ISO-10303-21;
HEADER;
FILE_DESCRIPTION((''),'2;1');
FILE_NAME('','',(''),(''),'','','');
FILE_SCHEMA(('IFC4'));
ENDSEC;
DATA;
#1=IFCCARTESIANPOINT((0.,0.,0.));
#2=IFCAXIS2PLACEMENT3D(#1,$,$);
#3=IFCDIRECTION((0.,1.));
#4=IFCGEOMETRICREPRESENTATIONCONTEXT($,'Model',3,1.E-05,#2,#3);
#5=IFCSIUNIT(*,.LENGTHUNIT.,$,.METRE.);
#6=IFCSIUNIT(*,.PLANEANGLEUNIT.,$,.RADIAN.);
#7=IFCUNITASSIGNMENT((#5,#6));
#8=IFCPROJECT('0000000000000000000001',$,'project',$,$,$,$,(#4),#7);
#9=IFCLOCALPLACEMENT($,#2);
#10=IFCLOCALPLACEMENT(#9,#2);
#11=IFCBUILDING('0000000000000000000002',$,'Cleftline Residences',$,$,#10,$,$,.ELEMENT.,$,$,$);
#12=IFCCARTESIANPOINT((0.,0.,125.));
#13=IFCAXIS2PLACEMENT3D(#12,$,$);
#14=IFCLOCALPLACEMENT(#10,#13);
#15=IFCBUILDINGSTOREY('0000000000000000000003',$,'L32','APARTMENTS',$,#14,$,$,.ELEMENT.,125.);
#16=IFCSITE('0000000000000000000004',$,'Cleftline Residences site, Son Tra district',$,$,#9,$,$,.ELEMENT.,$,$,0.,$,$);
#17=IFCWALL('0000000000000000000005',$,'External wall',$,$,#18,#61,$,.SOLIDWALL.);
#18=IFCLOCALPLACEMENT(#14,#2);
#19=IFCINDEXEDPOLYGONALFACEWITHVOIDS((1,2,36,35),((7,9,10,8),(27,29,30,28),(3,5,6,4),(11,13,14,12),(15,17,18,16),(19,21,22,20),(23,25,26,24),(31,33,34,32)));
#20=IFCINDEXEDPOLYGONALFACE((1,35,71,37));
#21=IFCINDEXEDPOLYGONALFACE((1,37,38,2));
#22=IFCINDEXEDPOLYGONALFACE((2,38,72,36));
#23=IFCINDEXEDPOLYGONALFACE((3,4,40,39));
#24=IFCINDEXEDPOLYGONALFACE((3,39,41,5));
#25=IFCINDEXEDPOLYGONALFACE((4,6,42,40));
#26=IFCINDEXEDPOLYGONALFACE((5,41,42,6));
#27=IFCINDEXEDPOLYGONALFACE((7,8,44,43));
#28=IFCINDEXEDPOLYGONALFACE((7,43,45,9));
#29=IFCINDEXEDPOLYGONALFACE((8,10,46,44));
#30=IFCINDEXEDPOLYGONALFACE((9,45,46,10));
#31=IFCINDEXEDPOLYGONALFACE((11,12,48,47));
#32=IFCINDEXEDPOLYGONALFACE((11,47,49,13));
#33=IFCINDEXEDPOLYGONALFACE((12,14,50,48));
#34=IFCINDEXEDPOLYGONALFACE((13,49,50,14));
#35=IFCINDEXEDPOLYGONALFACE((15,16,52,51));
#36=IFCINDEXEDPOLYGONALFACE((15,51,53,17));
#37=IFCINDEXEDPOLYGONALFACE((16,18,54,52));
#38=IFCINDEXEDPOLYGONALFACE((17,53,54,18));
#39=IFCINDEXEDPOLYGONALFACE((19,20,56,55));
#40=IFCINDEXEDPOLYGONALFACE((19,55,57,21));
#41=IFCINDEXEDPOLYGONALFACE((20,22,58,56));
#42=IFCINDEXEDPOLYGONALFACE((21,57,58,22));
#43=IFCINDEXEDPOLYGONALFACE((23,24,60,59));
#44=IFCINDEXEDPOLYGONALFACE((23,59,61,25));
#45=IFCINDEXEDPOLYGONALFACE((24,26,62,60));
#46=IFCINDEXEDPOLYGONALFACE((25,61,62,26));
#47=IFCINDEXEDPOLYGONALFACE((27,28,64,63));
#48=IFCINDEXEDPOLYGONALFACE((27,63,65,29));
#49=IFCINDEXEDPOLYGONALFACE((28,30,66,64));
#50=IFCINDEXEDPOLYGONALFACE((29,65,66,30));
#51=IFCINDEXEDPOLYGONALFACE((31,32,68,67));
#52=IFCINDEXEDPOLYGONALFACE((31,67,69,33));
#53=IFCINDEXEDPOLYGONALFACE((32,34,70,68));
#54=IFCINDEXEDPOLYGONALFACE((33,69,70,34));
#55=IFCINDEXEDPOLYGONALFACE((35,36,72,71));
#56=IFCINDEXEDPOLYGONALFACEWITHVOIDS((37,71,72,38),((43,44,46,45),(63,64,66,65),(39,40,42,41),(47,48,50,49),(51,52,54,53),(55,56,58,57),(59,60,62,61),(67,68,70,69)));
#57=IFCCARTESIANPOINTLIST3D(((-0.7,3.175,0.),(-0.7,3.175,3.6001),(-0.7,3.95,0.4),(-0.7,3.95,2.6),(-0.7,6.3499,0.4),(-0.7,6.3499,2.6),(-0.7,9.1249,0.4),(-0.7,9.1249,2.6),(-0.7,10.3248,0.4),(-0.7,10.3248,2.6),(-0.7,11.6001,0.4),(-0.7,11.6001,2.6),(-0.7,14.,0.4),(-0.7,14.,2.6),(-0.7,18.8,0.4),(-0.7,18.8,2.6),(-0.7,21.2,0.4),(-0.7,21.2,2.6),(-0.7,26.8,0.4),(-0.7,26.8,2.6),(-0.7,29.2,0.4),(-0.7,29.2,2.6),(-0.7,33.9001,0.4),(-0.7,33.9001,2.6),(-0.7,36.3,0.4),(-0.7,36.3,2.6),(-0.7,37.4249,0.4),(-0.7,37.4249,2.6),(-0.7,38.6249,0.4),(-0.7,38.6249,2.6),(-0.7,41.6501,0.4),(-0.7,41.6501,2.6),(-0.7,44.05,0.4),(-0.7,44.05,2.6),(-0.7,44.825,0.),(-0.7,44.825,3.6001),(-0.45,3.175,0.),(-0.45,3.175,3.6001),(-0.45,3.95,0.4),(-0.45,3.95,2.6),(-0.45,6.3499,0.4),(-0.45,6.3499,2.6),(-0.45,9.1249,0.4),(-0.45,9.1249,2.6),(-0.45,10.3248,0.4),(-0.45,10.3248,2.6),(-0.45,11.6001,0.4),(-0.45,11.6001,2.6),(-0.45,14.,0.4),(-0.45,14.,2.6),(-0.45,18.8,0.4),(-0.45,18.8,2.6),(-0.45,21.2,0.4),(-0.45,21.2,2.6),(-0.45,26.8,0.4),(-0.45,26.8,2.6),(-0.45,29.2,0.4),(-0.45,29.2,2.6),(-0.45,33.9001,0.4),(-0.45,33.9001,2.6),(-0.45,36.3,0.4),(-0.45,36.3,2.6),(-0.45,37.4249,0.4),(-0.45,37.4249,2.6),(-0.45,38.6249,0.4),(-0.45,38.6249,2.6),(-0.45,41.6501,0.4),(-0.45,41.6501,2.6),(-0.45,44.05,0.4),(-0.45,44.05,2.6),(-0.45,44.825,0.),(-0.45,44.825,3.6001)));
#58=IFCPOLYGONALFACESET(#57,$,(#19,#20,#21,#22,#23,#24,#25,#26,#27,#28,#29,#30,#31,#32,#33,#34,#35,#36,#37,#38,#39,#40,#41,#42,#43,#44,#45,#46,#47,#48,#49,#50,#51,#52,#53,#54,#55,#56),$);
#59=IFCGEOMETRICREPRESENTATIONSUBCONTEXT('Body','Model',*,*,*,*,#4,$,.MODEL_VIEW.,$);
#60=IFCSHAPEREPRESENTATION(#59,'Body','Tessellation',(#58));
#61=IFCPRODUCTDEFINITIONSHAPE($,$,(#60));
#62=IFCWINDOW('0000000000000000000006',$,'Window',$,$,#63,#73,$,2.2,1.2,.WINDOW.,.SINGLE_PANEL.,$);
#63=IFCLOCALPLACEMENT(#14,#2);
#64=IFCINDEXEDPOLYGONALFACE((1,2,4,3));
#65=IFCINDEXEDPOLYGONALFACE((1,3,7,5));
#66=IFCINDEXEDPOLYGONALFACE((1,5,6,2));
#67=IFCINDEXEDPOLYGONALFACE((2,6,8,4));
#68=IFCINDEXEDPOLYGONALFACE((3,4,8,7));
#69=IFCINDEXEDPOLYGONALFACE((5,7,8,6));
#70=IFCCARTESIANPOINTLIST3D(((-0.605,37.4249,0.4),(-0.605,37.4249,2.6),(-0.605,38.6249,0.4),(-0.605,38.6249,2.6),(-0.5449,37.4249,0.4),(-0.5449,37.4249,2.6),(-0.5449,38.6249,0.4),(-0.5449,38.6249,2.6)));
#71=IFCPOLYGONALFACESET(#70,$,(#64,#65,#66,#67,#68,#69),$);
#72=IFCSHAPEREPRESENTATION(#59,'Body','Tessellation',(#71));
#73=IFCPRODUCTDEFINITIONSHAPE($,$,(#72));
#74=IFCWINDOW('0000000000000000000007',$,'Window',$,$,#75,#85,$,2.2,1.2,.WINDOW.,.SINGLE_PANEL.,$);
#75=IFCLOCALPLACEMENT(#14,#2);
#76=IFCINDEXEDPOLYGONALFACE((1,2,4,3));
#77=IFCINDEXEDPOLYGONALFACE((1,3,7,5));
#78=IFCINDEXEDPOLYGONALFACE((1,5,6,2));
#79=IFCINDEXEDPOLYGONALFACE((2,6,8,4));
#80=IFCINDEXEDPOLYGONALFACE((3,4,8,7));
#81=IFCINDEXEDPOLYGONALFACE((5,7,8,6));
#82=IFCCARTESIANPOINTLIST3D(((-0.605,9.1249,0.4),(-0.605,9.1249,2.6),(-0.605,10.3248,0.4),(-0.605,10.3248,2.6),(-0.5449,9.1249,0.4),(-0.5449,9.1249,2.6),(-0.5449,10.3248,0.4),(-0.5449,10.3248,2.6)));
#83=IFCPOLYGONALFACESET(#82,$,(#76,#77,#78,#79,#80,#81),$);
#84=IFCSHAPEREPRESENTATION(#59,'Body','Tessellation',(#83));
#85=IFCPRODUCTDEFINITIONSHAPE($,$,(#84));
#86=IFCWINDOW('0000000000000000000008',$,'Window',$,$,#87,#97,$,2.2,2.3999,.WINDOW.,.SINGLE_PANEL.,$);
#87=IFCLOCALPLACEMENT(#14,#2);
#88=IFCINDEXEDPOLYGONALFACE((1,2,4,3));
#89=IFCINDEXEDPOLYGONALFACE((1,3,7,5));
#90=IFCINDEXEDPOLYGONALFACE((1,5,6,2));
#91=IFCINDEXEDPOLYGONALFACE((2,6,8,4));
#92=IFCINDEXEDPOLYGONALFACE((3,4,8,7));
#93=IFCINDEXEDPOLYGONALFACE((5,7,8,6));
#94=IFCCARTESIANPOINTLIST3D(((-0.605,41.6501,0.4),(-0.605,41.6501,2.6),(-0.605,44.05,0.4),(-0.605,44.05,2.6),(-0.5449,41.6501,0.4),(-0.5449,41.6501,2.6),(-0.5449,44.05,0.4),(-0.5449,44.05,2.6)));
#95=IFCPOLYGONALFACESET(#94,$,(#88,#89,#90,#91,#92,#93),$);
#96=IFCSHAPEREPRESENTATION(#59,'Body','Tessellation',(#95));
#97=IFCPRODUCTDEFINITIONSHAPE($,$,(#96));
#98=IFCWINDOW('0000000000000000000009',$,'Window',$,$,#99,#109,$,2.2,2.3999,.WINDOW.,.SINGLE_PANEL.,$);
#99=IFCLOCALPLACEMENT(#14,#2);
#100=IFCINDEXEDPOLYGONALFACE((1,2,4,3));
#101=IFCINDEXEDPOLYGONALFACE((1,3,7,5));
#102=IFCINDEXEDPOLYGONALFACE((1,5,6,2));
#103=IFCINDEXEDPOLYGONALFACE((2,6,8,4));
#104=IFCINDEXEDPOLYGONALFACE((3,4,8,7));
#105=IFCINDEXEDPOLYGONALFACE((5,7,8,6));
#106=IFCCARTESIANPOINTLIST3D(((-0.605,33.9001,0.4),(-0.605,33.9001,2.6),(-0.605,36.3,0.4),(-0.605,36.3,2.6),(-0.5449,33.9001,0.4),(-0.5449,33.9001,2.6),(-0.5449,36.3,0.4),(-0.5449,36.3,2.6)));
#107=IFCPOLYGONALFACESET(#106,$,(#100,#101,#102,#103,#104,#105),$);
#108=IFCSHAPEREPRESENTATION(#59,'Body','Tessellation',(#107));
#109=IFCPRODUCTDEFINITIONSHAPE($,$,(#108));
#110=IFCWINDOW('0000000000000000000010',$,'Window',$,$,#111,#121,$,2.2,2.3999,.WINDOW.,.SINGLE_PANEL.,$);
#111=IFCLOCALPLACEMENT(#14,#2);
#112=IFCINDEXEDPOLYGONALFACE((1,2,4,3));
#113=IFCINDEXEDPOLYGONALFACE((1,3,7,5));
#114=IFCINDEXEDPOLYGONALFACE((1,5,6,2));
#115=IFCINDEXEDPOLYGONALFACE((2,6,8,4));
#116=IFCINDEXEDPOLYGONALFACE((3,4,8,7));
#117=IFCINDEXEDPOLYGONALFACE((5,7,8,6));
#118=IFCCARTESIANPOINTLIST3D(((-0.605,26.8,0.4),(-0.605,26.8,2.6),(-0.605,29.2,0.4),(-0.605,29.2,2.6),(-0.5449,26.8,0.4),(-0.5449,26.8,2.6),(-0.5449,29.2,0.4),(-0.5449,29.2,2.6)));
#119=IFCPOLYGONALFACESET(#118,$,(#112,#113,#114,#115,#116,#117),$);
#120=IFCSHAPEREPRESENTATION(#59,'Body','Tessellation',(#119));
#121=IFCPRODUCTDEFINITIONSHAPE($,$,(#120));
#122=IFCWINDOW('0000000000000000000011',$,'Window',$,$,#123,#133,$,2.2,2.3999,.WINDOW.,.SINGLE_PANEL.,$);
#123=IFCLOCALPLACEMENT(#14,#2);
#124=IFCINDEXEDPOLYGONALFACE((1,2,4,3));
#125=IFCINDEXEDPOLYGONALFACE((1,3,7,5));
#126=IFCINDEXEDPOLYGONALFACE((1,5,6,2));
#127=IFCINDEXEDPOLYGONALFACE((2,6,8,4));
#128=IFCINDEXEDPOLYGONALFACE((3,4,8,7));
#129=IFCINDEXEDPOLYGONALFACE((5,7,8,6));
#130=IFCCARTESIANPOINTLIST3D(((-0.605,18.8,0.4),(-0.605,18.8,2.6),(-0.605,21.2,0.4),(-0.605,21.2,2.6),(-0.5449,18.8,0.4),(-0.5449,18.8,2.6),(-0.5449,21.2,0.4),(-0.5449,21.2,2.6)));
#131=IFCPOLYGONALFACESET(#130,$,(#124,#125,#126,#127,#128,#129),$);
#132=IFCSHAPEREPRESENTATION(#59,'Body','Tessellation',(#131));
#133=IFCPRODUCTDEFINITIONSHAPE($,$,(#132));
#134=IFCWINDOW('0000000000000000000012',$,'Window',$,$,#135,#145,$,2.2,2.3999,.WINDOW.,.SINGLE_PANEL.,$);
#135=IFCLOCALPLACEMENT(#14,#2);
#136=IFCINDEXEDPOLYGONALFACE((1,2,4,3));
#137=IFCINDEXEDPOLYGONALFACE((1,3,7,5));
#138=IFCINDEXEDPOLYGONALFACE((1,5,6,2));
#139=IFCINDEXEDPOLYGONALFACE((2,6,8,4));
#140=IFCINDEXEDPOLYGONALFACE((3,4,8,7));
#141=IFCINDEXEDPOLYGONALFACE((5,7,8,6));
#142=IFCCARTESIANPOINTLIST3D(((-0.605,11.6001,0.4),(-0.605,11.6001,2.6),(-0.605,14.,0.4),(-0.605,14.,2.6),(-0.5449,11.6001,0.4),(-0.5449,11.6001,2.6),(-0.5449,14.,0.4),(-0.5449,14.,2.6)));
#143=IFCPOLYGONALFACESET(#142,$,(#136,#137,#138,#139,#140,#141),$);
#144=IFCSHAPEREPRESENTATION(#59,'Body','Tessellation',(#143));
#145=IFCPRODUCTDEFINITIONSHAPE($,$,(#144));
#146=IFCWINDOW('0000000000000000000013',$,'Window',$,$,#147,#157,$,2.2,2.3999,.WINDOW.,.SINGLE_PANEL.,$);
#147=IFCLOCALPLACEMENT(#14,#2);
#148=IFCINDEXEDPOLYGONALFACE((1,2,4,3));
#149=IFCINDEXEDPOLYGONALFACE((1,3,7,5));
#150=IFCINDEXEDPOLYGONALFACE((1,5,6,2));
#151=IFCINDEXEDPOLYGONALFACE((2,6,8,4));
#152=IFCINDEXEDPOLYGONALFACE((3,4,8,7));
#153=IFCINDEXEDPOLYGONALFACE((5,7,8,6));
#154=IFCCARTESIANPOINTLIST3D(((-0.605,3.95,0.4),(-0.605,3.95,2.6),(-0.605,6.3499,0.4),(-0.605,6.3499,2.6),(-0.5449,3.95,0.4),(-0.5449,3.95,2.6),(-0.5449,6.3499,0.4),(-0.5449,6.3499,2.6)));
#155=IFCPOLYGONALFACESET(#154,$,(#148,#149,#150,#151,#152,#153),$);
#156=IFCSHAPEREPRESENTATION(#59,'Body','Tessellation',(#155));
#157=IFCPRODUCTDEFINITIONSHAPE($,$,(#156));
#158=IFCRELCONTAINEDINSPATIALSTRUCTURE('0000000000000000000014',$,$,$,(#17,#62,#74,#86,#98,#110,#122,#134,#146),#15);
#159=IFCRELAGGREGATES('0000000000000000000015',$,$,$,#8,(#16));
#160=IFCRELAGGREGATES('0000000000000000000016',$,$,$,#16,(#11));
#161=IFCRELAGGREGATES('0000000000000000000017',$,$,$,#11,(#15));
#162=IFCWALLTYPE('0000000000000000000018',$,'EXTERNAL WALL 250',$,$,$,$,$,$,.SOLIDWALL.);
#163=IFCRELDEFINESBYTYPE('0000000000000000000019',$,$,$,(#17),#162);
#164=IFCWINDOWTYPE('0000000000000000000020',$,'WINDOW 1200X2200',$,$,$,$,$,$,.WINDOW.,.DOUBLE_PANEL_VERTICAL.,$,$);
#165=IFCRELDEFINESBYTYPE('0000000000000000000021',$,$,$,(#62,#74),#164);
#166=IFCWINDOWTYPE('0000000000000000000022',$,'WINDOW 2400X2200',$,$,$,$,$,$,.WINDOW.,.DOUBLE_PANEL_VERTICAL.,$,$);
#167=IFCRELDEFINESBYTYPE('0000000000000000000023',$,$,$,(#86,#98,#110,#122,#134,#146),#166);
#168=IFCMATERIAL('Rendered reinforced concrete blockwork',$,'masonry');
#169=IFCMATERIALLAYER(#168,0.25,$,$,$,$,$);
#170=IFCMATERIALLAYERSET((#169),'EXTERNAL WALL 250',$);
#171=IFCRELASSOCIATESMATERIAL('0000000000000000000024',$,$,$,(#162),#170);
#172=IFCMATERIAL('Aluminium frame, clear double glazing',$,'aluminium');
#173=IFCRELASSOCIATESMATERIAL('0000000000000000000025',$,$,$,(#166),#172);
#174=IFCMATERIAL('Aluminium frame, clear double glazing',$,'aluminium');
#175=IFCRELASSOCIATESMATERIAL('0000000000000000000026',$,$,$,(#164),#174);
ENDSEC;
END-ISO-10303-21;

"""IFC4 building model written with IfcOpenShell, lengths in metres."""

from ifc_helpers import new_model, si_unit, direction, frame, frame_2d, origin, place, context, subcontext, project, spatial, rectangle, extrude, material, layer, layer_set, type_object, element, fill, save


model = new_model("IFC4")

# Units and contexts
model_context = context("Model", 3, precision=1e-05, world=origin(), true_north=direction((0.0, 1.0)))
body_context = subcontext(model_context, "Body", "Model", "MODEL_VIEW")
ifc_project = project(units=[si_unit("LENGTHUNIT", "METRE"), si_unit("PLANEANGLEUNIT", "RADIAN")], contexts=[model_context])

# Site, building, storey
site_placement = place(None, origin())
site = spatial("IfcSite", under=ifc_project, at=site_placement, Name="Cleftline Residences site, Son Tra district", CompositionType="ELEMENT", RefElevation=0.0)
building_placement = place(site_placement, origin())
building = spatial("IfcBuilding", under=site, at=building_placement, Name="Cleftline Residences", CompositionType="ELEMENT")
storey_placement = place(building_placement, frame((0.0, 0.0, 125.0)))
storey = spatial("IfcBuildingStorey", under=building, at=storey_placement, Name="L32", Description="APARTMENTS", CompositionType="ELEMENT", Elevation=125.0)

# Shared definitions
ifc_material_1 = material(Name="Rendered reinforced concrete blockwork", Category="masonry")
ifc_layer_1 = layer(ifc_material_1, 0.25)
ifc_layer_set_1 = layer_set([ifc_layer_1], Name="EXTERNAL WALL 250")
wall_type_1 = type_object("IfcWallType", Name="EXTERNAL WALL 250", PredefinedType="SOLIDWALL", material=ifc_layer_set_1)
ifc_material_2 = material(Name="Aluminium frame, clear double glazing", Category="aluminium")
window_type_1 = type_object("IfcWindowType", Name="WINDOW 2400X2200", PartitioningType="DOUBLE_PANEL_VERTICAL", PredefinedType="WINDOW", material=ifc_material_2)

# Wall, openings, windows
wall_1_placement = place(storey_placement, frame((-0.575, 44.825, 0.0), z_axis=(0.0, 0.0, 1.0), x_axis=(0.0, -1.0, 0.0)))
wall_1 = element("IfcWall", 1, at=wall_1_placement, inside=storey, type_object=wall_type_1, Name="External wall", PredefinedType="SOLIDWALL", context=body_context, shape_type="SweptSolid", body=[
    extrude(rectangle(XDim=41.6499, YDim=0.25, at=frame_2d((20.825, 0.0))), origin(), (0.0, 0.0, 1.0), 3.6001),
])
opening_1_placement = place(wall_1_placement, frame((0.7749, 0.0, 0.3999)))
opening_1 = element("IfcOpeningElement", 2, at=opening_1_placement, cuts=wall_1, PredefinedType="OPENING", context=body_context, shape_type="SweptSolid", body=[
    extrude(rectangle(XDim=2.3999, YDim=2.2, at=frame_2d((1.2, 1.1001))), frame((0.0, 0.135, 0.0), z_axis=(0.0, -1.0, 0.0), x_axis=(1.0, 0.0, 0.0)), (0.0, 0.0, 1.0), 0.27),
])
opening_2_placement = place(wall_1_placement, frame((6.2, 0.0, 0.3999)))
opening_2 = element("IfcOpeningElement", 3, at=opening_2_placement, cuts=wall_1, PredefinedType="OPENING", context=body_context, shape_type="SweptSolid", body=[
    extrude(rectangle(XDim=1.2, YDim=2.2, at=frame_2d((0.6001, 1.1001))), frame((0.0, 0.135, 0.0), z_axis=(0.0, -1.0, 0.0), x_axis=(1.0, 0.0, 0.0)), (0.0, 0.0, 1.0), 0.27),
])
opening_3_placement = place(wall_1_placement, frame((8.5249, 0.0, 0.3999)))
opening_3 = element("IfcOpeningElement", 4, at=opening_3_placement, cuts=wall_1, PredefinedType="OPENING", context=body_context, shape_type="SweptSolid", body=[
    extrude(rectangle(XDim=2.3999, YDim=2.2, at=frame_2d((1.2, 1.1001))), frame((0.0, 0.135, 0.0), z_axis=(0.0, -1.0, 0.0), x_axis=(1.0, 0.0, 0.0)), (0.0, 0.0, 1.0), 0.27),
])
opening_4_placement = place(wall_1_placement, frame((15.625, 0.0, 0.3999)))
opening_4 = element("IfcOpeningElement", 5, at=opening_4_placement, cuts=wall_1, PredefinedType="OPENING", context=body_context, shape_type="SweptSolid", body=[
    extrude(rectangle(XDim=2.3999, YDim=2.2, at=frame_2d((1.2, 1.1001))), frame((0.0, 0.135, 0.0), z_axis=(0.0, -1.0, 0.0), x_axis=(1.0, 0.0, 0.0)), (0.0, 0.0, 1.0), 0.27),
])
opening_5_placement = place(wall_1_placement, frame((23.625, 0.0, 0.3999)))
opening_5 = element("IfcOpeningElement", 6, at=opening_5_placement, cuts=wall_1, PredefinedType="OPENING", context=body_context, shape_type="SweptSolid", body=[
    extrude(rectangle(XDim=2.3999, YDim=2.2, at=frame_2d((1.2, 1.1001))), frame((0.0, 0.135, 0.0), z_axis=(0.0, -1.0, 0.0), x_axis=(1.0, 0.0, 0.0)), (0.0, 0.0, 1.0), 0.27),
])
opening_6_placement = place(wall_1_placement, frame((30.825, 0.0, 0.3999)))
opening_6 = element("IfcOpeningElement", 7, at=opening_6_placement, cuts=wall_1, PredefinedType="OPENING", context=body_context, shape_type="SweptSolid", body=[
    extrude(rectangle(XDim=2.3999, YDim=2.2, at=frame_2d((1.2, 1.1001))), frame((0.0, 0.135, 0.0), z_axis=(0.0, -1.0, 0.0), x_axis=(1.0, 0.0, 0.0)), (0.0, 0.0, 1.0), 0.27),
])
opening_7_placement = place(wall_1_placement, frame((34.5, 0.0, 0.3999)))
opening_7 = element("IfcOpeningElement", 8, at=opening_7_placement, cuts=wall_1, PredefinedType="OPENING", context=body_context, shape_type="SweptSolid", body=[
    extrude(rectangle(XDim=1.2, YDim=2.2, at=frame_2d((0.6001, 1.1001))), frame((0.0, 0.135, 0.0), z_axis=(0.0, -1.0, 0.0), x_axis=(1.0, 0.0, 0.0)), (0.0, 0.0, 1.0), 0.27),
])
opening_8_placement = place(wall_1_placement, frame((38.4751, 0.0, 0.3999)))
opening_8 = element("IfcOpeningElement", 9, at=opening_8_placement, cuts=wall_1, PredefinedType="OPENING", context=body_context, shape_type="SweptSolid", body=[
    extrude(rectangle(XDim=2.3999, YDim=2.2, at=frame_2d((1.2, 1.1001))), frame((0.0, 0.135, 0.0), z_axis=(0.0, -1.0, 0.0), x_axis=(1.0, 0.0, 0.0)), (0.0, 0.0, 1.0), 0.27),
])
ifc_material_3 = material(Name="Aluminium frame, clear double glazing", Category="aluminium")
window_type_2 = type_object("IfcWindowType", Name="WINDOW 1200X2200", PartitioningType="DOUBLE_PANEL_VERTICAL", PredefinedType="WINDOW", material=ifc_material_3)
window_1_placement = place(opening_2_placement, origin())
window_1 = element("IfcWindow", 10, at=window_1_placement, inside=storey, type_object=window_type_2, Name="Window", OverallHeight=2.2, OverallWidth=1.2, PartitioningType="SINGLE_PANEL", PredefinedType="WINDOW", context=body_context, shape_type="SweptSolid", body=[
    extrude(rectangle(XDim=1.2, YDim=2.2, at=frame_2d((0.6001, 1.1001))), frame((0.0, 0.03, 0.0), z_axis=(0.0, -1.0, 0.0), x_axis=(1.0, 0.0, 0.0)), (0.0, 0.0, 1.0), 0.0601),
])
fill(opening_2, window_1)
window_2_placement = place(opening_7_placement, origin())
window_2 = element("IfcWindow", 11, at=window_2_placement, inside=storey, type_object=window_type_2, Name="Window", OverallHeight=2.2, OverallWidth=1.2, PartitioningType="SINGLE_PANEL", PredefinedType="WINDOW", context=body_context, shape_type="SweptSolid", body=[
    extrude(rectangle(XDim=1.2, YDim=2.2, at=frame_2d((0.6001, 1.1001))), frame((0.0, 0.03, 0.0), z_axis=(0.0, -1.0, 0.0), x_axis=(1.0, 0.0, 0.0)), (0.0, 0.0, 1.0), 0.0601),
])
fill(opening_7, window_2)
window_3_placement = place(opening_1_placement, origin())
window_3 = element("IfcWindow", 12, at=window_3_placement, inside=storey, type_object=window_type_1, Name="Window", OverallHeight=2.2, OverallWidth=2.3999, PartitioningType="SINGLE_PANEL", PredefinedType="WINDOW", context=body_context, shape_type="SweptSolid", body=[
    extrude(rectangle(XDim=2.3999, YDim=2.2, at=frame_2d((1.2, 1.1001))), frame((0.0, 0.03, 0.0), z_axis=(0.0, -1.0, 0.0), x_axis=(1.0, 0.0, 0.0)), (0.0, 0.0, 1.0), 0.0601),
])
fill(opening_1, window_3)
window_4_placement = place(opening_3_placement, origin())
window_4 = element("IfcWindow", 13, at=window_4_placement, inside=storey, type_object=window_type_1, Name="Window", OverallHeight=2.2, OverallWidth=2.3999, PartitioningType="SINGLE_PANEL", PredefinedType="WINDOW", context=body_context, shape_type="SweptSolid", body=[
    extrude(rectangle(XDim=2.3999, YDim=2.2, at=frame_2d((1.2, 1.1001))), frame((0.0, 0.03, 0.0), z_axis=(0.0, -1.0, 0.0), x_axis=(1.0, 0.0, 0.0)), (0.0, 0.0, 1.0), 0.0601),
])
fill(opening_3, window_4)
window_5_placement = place(opening_4_placement, origin())
window_5 = element("IfcWindow", 14, at=window_5_placement, inside=storey, type_object=window_type_1, Name="Window", OverallHeight=2.2, OverallWidth=2.3999, PartitioningType="SINGLE_PANEL", PredefinedType="WINDOW", context=body_context, shape_type="SweptSolid", body=[
    extrude(rectangle(XDim=2.3999, YDim=2.2, at=frame_2d((1.2, 1.1001))), frame((0.0, 0.03, 0.0), z_axis=(0.0, -1.0, 0.0), x_axis=(1.0, 0.0, 0.0)), (0.0, 0.0, 1.0), 0.0601),
])
fill(opening_4, window_5)
window_6_placement = place(opening_5_placement, origin())
window_6 = element("IfcWindow", 15, at=window_6_placement, inside=storey, type_object=window_type_1, Name="Window", OverallHeight=2.2, OverallWidth=2.3999, PartitioningType="SINGLE_PANEL", PredefinedType="WINDOW", context=body_context, shape_type="SweptSolid", body=[
    extrude(rectangle(XDim=2.3999, YDim=2.2, at=frame_2d((1.2, 1.1001))), frame((0.0, 0.03, 0.0), z_axis=(0.0, -1.0, 0.0), x_axis=(1.0, 0.0, 0.0)), (0.0, 0.0, 1.0), 0.0601),
])
fill(opening_5, window_6)
window_7_placement = place(opening_6_placement, origin())
window_7 = element("IfcWindow", 16, at=window_7_placement, inside=storey, type_object=window_type_1, Name="Window", OverallHeight=2.2, OverallWidth=2.3999, PartitioningType="SINGLE_PANEL", PredefinedType="WINDOW", context=body_context, shape_type="SweptSolid", body=[
    extrude(rectangle(XDim=2.3999, YDim=2.2, at=frame_2d((1.2, 1.1001))), frame((0.0, 0.03, 0.0), z_axis=(0.0, -1.0, 0.0), x_axis=(1.0, 0.0, 0.0)), (0.0, 0.0, 1.0), 0.0601),
])
fill(opening_6, window_7)
window_8_placement = place(opening_8_placement, origin())
window_8 = element("IfcWindow", 17, at=window_8_placement, inside=storey, type_object=window_type_1, Name="Window", OverallHeight=2.2, OverallWidth=2.3999, PartitioningType="SINGLE_PANEL", PredefinedType="WINDOW", context=body_context, shape_type="SweptSolid", body=[
    extrude(rectangle(XDim=2.3999, YDim=2.2, at=frame_2d((1.2, 1.1001))), frame((0.0, 0.03, 0.0), z_axis=(0.0, -1.0, 0.0), x_axis=(1.0, 0.0, 0.0)), (0.0, 0.0, 1.0), 0.0601),
])
fill(opening_8, window_8)

save(model, "model.ifc")
